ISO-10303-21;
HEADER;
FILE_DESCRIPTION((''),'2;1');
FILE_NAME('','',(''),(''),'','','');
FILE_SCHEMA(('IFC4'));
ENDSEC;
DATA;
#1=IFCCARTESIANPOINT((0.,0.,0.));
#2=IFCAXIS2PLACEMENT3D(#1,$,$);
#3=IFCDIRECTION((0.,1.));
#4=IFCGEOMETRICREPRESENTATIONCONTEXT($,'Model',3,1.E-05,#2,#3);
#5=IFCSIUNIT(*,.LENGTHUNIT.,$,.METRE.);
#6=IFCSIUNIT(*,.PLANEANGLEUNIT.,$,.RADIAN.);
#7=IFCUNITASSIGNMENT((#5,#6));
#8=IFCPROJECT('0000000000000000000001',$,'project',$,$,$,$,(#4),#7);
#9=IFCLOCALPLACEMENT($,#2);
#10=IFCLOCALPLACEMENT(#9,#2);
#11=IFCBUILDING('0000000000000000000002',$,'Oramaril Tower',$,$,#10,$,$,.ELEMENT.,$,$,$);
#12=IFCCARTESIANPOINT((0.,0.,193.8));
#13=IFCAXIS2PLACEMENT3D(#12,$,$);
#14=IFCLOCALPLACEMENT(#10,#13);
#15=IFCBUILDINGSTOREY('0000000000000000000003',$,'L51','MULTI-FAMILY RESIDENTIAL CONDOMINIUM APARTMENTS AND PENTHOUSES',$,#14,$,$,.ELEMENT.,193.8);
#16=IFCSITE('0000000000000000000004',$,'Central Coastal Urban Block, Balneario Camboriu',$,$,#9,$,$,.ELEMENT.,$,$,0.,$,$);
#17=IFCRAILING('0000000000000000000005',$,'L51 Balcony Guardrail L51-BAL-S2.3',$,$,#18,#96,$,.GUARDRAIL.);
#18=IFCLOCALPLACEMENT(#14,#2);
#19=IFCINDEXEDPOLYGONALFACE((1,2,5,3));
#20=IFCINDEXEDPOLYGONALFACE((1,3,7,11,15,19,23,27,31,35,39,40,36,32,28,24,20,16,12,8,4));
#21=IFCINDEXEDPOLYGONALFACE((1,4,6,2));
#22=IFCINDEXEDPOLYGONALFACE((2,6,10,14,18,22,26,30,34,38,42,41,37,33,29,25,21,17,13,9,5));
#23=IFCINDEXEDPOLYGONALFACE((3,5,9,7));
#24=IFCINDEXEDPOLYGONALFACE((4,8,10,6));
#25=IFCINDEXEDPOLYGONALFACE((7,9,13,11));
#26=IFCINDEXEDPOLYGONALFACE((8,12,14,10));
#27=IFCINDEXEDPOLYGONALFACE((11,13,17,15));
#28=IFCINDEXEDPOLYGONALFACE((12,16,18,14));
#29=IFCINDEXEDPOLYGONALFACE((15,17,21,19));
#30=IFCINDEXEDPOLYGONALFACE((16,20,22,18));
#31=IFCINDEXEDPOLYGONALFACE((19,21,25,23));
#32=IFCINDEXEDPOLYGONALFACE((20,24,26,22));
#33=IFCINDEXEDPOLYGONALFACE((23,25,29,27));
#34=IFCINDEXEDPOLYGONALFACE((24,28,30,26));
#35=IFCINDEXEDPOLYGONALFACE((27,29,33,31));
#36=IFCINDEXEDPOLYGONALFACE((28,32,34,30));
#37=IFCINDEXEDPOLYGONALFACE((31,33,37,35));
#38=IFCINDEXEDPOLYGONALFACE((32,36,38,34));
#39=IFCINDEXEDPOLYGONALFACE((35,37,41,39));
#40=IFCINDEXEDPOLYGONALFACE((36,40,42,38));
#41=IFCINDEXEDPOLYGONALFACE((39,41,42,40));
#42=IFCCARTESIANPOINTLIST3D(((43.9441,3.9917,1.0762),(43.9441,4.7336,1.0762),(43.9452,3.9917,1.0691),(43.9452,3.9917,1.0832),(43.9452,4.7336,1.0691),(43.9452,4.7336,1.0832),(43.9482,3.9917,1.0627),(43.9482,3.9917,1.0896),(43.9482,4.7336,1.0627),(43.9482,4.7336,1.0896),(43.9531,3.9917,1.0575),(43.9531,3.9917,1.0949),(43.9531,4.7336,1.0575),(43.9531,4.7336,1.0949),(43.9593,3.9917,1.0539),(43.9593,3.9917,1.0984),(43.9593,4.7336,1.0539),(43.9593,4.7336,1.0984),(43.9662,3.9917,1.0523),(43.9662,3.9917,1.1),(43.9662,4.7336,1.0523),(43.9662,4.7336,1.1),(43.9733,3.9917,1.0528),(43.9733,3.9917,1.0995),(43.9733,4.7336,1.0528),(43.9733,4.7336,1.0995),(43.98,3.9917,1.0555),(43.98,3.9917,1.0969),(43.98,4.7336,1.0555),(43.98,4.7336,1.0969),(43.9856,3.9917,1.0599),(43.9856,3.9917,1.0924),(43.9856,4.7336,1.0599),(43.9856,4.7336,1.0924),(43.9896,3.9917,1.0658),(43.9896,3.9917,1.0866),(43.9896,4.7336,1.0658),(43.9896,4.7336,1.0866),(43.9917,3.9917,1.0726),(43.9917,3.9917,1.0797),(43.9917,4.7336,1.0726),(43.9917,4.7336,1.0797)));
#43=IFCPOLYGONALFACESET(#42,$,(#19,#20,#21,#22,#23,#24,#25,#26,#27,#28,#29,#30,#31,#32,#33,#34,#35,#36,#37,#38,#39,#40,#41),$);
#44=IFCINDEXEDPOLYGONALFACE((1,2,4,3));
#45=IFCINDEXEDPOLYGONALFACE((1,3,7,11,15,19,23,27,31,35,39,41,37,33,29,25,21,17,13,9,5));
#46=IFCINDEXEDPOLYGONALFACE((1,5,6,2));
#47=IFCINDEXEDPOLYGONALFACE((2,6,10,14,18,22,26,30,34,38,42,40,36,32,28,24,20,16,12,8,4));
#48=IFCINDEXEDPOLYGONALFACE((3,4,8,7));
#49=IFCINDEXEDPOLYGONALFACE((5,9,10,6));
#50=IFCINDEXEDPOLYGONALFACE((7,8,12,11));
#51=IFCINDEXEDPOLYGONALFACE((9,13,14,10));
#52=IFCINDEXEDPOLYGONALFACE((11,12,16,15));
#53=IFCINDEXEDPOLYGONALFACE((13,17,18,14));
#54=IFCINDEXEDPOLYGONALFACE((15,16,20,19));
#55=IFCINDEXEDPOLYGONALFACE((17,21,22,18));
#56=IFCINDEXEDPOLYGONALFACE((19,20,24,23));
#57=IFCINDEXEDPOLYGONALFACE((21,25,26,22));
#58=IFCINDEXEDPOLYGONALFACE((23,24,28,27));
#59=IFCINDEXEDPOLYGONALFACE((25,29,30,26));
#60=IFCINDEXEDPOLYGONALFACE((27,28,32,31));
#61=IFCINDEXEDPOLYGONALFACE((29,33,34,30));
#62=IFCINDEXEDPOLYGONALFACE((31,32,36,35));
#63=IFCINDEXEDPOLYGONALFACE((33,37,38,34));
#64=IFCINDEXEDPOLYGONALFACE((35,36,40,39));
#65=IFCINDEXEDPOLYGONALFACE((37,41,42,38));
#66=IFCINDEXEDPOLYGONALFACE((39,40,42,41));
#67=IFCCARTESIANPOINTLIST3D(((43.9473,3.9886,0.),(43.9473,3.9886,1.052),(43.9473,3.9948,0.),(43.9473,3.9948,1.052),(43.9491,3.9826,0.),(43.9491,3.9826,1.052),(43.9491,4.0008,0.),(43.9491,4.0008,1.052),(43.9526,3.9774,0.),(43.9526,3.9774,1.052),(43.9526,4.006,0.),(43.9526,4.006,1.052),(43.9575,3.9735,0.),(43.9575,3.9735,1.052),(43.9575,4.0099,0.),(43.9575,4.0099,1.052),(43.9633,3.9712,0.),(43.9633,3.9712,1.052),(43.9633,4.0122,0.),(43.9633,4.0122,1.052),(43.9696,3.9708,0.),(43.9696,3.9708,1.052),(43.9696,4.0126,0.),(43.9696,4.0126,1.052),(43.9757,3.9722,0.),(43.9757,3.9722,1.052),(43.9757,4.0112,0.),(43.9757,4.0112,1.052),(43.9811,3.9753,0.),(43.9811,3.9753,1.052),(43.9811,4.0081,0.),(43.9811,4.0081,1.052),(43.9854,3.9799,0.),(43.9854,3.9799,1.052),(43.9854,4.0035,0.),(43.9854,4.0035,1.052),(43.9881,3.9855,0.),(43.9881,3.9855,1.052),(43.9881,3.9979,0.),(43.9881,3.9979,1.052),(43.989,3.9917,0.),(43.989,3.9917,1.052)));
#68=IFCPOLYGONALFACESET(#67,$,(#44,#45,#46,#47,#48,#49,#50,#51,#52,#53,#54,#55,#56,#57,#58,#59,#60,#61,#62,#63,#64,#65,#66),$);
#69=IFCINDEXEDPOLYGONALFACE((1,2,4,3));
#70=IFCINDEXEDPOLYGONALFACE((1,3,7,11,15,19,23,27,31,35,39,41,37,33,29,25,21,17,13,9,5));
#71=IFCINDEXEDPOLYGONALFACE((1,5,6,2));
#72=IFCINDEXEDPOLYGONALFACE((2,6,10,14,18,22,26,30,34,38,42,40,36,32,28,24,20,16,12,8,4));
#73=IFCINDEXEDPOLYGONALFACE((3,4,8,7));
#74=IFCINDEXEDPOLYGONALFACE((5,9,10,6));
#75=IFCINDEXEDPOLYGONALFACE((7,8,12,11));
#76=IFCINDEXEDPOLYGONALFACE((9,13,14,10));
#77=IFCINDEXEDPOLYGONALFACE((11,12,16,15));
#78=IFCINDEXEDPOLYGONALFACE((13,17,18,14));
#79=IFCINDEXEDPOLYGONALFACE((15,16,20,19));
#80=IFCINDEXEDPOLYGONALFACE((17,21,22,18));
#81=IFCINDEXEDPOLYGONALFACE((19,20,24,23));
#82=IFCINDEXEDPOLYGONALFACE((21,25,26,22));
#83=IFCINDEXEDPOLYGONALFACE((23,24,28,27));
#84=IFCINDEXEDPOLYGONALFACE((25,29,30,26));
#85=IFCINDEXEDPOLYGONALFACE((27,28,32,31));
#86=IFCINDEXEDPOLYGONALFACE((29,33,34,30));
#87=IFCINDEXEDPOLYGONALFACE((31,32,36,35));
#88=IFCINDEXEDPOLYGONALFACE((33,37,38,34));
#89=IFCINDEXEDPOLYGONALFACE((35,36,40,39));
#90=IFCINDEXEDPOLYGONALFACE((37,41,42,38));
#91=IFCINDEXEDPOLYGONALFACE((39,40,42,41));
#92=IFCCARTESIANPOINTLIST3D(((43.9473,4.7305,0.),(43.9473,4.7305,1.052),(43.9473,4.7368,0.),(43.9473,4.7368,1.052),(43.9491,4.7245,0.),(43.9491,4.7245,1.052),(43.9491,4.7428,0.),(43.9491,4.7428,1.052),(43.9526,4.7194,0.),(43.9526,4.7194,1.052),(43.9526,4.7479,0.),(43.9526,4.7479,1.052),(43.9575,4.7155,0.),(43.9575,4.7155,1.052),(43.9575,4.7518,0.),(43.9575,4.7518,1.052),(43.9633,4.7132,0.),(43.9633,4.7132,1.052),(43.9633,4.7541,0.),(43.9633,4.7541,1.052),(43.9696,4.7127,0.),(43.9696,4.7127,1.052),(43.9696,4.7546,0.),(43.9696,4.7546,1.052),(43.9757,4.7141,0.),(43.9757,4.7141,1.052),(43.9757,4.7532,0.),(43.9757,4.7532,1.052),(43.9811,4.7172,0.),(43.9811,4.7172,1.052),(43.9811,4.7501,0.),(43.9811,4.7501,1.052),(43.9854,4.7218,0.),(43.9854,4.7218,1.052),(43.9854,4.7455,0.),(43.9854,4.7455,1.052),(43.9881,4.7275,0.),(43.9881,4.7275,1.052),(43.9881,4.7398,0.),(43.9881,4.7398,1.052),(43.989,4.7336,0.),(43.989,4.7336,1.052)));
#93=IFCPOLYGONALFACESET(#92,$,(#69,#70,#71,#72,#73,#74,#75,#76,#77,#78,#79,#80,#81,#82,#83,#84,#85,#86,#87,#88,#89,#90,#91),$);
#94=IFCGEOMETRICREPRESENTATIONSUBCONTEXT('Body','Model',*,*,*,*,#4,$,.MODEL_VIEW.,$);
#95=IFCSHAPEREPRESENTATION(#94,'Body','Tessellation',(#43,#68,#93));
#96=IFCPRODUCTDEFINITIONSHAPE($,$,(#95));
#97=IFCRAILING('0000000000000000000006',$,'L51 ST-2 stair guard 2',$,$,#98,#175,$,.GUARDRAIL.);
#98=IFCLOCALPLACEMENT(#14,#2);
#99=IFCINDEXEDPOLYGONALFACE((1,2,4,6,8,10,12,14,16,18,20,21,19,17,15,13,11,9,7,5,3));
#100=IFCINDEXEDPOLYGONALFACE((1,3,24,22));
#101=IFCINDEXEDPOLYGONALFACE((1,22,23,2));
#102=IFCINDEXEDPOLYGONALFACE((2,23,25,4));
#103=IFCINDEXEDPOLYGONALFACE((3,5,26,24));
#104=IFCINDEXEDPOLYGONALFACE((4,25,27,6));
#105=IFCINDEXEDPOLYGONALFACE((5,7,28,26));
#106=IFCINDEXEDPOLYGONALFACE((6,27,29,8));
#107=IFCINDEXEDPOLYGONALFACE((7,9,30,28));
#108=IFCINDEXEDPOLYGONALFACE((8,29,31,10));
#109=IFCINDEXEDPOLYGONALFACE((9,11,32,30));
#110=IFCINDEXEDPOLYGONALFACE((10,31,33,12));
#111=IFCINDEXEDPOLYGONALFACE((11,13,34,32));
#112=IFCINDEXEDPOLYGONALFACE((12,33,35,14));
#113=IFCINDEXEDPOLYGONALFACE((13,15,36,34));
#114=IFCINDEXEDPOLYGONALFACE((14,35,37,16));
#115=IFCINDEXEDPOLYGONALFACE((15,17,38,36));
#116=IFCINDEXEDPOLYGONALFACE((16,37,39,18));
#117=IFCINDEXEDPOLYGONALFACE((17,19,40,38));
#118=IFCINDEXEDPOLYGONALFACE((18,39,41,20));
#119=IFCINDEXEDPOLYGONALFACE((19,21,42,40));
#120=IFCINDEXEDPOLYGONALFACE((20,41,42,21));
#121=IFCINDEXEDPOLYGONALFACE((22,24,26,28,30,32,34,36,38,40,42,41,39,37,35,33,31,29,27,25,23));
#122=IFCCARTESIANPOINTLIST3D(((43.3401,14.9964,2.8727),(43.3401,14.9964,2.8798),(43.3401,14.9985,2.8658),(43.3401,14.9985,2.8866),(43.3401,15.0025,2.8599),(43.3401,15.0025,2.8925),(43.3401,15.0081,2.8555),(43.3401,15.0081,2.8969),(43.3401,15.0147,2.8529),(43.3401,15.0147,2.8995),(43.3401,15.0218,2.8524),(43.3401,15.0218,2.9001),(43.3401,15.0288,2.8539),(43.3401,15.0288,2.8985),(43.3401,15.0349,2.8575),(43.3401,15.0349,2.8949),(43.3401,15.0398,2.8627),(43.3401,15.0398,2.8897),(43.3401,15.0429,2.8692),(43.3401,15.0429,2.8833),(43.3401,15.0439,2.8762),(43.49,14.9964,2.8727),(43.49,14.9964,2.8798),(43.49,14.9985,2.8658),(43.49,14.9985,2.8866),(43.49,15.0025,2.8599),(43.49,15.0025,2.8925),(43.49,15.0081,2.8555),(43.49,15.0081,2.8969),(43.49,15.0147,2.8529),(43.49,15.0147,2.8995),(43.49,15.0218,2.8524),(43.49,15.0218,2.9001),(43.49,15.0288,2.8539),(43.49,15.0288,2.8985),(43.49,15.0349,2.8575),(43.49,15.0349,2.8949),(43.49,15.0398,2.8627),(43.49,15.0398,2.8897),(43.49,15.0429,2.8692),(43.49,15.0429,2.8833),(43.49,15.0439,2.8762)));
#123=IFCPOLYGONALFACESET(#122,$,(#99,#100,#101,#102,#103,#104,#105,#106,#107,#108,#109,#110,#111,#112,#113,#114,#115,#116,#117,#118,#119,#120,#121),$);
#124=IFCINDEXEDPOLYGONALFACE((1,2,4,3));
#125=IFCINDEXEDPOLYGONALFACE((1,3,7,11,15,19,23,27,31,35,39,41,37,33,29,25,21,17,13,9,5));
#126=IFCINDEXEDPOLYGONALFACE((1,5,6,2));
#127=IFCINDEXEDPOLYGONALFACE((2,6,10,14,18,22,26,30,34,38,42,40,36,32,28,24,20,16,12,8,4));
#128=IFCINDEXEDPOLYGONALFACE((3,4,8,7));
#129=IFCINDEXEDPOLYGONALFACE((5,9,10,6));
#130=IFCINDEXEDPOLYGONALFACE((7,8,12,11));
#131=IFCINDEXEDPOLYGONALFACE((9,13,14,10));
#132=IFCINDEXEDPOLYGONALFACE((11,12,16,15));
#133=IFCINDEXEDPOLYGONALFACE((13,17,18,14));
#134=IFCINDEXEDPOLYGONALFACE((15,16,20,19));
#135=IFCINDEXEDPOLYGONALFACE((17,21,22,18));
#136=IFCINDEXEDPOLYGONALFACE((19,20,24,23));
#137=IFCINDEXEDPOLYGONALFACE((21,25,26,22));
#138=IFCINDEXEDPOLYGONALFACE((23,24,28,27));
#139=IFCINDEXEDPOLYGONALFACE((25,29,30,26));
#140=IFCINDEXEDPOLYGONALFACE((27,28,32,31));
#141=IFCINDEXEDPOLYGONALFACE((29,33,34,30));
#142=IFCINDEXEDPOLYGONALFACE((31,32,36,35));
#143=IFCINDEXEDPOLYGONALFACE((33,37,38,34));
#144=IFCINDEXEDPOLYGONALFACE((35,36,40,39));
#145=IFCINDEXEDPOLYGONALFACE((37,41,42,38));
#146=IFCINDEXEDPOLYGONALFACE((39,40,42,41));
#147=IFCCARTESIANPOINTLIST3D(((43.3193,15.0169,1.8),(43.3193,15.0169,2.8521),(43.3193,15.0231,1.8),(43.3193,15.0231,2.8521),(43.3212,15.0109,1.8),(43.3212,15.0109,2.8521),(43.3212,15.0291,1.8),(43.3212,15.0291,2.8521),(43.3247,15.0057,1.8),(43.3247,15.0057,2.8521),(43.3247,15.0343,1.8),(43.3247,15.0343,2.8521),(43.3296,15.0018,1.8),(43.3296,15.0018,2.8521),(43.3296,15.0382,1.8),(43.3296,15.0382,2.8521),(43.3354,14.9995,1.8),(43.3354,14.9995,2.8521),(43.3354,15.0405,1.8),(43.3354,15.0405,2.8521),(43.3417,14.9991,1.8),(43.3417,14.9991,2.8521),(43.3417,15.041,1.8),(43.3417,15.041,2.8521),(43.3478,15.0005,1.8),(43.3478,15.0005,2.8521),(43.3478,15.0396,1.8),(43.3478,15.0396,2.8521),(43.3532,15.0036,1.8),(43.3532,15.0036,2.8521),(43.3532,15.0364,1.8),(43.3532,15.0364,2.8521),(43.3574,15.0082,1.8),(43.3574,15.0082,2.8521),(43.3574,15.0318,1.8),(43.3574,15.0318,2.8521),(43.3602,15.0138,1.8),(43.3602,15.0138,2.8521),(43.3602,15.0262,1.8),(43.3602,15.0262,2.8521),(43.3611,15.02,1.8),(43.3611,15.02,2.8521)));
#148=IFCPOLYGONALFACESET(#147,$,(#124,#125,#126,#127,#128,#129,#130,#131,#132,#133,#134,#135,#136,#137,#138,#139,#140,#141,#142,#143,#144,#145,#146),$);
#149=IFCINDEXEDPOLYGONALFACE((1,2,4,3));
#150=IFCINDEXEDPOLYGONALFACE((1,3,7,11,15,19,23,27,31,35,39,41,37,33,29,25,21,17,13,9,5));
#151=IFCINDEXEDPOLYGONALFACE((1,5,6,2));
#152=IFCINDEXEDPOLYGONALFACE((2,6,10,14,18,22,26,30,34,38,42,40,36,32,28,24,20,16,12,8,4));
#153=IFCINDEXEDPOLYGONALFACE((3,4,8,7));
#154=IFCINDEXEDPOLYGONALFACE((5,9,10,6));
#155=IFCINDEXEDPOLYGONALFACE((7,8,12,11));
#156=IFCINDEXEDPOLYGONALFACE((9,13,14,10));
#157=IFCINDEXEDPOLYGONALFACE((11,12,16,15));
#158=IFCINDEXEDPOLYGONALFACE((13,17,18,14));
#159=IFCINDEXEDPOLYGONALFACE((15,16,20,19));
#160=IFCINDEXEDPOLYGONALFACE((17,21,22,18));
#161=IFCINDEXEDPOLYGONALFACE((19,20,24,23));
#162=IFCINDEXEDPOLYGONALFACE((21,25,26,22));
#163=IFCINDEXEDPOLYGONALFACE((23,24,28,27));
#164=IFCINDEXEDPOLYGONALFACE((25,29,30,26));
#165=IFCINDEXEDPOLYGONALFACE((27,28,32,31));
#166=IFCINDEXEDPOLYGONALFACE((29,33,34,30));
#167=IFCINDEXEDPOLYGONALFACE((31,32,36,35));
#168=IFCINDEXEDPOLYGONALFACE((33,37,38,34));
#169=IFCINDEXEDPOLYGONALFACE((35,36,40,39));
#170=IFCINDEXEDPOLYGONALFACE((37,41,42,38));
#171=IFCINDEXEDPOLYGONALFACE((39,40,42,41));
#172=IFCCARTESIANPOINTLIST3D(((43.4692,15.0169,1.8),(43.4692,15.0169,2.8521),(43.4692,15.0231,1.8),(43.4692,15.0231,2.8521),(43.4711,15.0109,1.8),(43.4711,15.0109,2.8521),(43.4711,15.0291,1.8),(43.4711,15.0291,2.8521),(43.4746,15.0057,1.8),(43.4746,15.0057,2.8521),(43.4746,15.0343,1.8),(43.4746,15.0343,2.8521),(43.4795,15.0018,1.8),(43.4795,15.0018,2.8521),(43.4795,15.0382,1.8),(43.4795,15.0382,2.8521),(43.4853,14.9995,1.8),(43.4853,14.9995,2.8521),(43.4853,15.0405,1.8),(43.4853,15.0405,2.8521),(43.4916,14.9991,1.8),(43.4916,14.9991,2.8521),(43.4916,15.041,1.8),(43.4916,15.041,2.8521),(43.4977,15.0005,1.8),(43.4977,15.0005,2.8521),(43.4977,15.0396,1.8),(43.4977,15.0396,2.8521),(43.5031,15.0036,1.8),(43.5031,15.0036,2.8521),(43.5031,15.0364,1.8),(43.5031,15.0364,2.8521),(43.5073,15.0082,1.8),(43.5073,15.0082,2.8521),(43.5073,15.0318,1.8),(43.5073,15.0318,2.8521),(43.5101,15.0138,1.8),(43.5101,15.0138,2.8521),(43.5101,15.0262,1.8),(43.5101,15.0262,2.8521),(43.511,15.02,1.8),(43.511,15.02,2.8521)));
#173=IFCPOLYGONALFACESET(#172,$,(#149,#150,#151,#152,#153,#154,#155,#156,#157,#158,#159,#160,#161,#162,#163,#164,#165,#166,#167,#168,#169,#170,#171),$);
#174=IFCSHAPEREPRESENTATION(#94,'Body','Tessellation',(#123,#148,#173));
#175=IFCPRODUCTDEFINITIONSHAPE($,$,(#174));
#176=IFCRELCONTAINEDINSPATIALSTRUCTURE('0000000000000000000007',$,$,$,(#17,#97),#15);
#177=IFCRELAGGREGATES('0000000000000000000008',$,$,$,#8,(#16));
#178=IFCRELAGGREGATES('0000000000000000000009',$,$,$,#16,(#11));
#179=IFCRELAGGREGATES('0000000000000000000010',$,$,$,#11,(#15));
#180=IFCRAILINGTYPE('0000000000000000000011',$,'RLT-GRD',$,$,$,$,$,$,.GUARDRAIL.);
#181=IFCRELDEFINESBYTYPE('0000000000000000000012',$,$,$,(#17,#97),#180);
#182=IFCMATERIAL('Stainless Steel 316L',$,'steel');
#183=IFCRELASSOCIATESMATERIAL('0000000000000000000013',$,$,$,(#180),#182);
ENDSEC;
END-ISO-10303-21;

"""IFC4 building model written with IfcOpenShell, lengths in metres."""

from ifc_helpers import new_model, si_unit, direction, frame, origin, origin_2d, place, context, subcontext, project, spatial, circle, extrude, material, type_object, element, save


model = new_model("IFC4")

# Units and contexts
model_context = context("Model", 3, precision=1e-05, world=origin(), true_north=direction((0.0, 1.0)))
body_context = subcontext(model_context, "Body", "Model", "MODEL_VIEW")
ifc_project = project(units=[si_unit("LENGTHUNIT", "METRE"), si_unit("PLANEANGLEUNIT", "RADIAN")], contexts=[model_context])

# Site, building, storey
site_placement = place(None, origin())
site = spatial("IfcSite", under=ifc_project, at=site_placement, Name="Central Coastal Urban Block, Balneario Camboriu", CompositionType="ELEMENT", RefElevation=0.0)
building_placement = place(site_placement, origin())
building = spatial("IfcBuilding", under=site, at=building_placement, Name="Oramaril Tower", CompositionType="ELEMENT")
storey_placement = place(building_placement, frame((0.0, 0.0, 193.8)))
storey = spatial("IfcBuildingStorey", under=building, at=storey_placement, Name="L51", Description="MULTI-FAMILY RESIDENTIAL CONDOMINIUM APARTMENTS AND PENTHOUSES", CompositionType="ELEMENT", Elevation=193.8)

# Railings
ifc_material_1 = material(Name="Stainless Steel 316L", Category="steel")
railing_type = type_object("IfcRailingType", Name="RLT-GRD", PredefinedType="GUARDRAIL", material=ifc_material_1)
railing_1_placement = place(storey_placement, frame((43.968, 3.9917, 0.0)))
element("IfcRailing", 1, at=railing_1_placement, inside=storey, type_object=railing_type, Name="L51 Balcony Guardrail L51-BAL-S2.3", PredefinedType="GUARDRAIL", context=body_context, shape_type="SweptSolid", body=[
    extrude(circle(Radius=0.0239, at=origin_2d()), frame((0.0, 0.0, 1.0762), z_axis=(0.0, 1.0, 0.0), x_axis=(-1.0, 0.0, 0.0)), (0.0, 0.0, 1.0), 0.7419),
    extrude(circle(Radius=0.021, at=origin_2d()), origin(), (0.0, 0.0, 1.0), 1.052),
    extrude(circle(Radius=0.021, at=origin_2d()), frame((0.0, 0.7419, 0.0)), (0.0, 0.0, 1.0), 1.052),
])
railing_2_placement = place(storey_placement, frame((43.3401, 15.02, 1.8)))
element("IfcRailing", 2, at=railing_2_placement, inside=storey, type_object=railing_type, Name="L51 ST-2 stair guard 2", PredefinedType="GUARDRAIL", context=body_context, shape_type="SweptSolid", body=[
    extrude(circle(Radius=0.0239, at=origin_2d()), frame((0.0, 0.0, 1.0762), z_axis=(1.0, 0.0, 0.0), x_axis=(0.0, 1.0, 0.0)), (0.0, 0.0, 1.0), 0.1499),
    extrude(circle(Radius=0.021, at=origin_2d()), origin(), (0.0, 0.0, 1.0), 1.052),
    extrude(circle(Radius=0.021, at=origin_2d()), frame((0.1499, 0.0, 0.0)), (0.0, 0.0, 1.0), 1.052),
])

save(model, "model.ifc")
